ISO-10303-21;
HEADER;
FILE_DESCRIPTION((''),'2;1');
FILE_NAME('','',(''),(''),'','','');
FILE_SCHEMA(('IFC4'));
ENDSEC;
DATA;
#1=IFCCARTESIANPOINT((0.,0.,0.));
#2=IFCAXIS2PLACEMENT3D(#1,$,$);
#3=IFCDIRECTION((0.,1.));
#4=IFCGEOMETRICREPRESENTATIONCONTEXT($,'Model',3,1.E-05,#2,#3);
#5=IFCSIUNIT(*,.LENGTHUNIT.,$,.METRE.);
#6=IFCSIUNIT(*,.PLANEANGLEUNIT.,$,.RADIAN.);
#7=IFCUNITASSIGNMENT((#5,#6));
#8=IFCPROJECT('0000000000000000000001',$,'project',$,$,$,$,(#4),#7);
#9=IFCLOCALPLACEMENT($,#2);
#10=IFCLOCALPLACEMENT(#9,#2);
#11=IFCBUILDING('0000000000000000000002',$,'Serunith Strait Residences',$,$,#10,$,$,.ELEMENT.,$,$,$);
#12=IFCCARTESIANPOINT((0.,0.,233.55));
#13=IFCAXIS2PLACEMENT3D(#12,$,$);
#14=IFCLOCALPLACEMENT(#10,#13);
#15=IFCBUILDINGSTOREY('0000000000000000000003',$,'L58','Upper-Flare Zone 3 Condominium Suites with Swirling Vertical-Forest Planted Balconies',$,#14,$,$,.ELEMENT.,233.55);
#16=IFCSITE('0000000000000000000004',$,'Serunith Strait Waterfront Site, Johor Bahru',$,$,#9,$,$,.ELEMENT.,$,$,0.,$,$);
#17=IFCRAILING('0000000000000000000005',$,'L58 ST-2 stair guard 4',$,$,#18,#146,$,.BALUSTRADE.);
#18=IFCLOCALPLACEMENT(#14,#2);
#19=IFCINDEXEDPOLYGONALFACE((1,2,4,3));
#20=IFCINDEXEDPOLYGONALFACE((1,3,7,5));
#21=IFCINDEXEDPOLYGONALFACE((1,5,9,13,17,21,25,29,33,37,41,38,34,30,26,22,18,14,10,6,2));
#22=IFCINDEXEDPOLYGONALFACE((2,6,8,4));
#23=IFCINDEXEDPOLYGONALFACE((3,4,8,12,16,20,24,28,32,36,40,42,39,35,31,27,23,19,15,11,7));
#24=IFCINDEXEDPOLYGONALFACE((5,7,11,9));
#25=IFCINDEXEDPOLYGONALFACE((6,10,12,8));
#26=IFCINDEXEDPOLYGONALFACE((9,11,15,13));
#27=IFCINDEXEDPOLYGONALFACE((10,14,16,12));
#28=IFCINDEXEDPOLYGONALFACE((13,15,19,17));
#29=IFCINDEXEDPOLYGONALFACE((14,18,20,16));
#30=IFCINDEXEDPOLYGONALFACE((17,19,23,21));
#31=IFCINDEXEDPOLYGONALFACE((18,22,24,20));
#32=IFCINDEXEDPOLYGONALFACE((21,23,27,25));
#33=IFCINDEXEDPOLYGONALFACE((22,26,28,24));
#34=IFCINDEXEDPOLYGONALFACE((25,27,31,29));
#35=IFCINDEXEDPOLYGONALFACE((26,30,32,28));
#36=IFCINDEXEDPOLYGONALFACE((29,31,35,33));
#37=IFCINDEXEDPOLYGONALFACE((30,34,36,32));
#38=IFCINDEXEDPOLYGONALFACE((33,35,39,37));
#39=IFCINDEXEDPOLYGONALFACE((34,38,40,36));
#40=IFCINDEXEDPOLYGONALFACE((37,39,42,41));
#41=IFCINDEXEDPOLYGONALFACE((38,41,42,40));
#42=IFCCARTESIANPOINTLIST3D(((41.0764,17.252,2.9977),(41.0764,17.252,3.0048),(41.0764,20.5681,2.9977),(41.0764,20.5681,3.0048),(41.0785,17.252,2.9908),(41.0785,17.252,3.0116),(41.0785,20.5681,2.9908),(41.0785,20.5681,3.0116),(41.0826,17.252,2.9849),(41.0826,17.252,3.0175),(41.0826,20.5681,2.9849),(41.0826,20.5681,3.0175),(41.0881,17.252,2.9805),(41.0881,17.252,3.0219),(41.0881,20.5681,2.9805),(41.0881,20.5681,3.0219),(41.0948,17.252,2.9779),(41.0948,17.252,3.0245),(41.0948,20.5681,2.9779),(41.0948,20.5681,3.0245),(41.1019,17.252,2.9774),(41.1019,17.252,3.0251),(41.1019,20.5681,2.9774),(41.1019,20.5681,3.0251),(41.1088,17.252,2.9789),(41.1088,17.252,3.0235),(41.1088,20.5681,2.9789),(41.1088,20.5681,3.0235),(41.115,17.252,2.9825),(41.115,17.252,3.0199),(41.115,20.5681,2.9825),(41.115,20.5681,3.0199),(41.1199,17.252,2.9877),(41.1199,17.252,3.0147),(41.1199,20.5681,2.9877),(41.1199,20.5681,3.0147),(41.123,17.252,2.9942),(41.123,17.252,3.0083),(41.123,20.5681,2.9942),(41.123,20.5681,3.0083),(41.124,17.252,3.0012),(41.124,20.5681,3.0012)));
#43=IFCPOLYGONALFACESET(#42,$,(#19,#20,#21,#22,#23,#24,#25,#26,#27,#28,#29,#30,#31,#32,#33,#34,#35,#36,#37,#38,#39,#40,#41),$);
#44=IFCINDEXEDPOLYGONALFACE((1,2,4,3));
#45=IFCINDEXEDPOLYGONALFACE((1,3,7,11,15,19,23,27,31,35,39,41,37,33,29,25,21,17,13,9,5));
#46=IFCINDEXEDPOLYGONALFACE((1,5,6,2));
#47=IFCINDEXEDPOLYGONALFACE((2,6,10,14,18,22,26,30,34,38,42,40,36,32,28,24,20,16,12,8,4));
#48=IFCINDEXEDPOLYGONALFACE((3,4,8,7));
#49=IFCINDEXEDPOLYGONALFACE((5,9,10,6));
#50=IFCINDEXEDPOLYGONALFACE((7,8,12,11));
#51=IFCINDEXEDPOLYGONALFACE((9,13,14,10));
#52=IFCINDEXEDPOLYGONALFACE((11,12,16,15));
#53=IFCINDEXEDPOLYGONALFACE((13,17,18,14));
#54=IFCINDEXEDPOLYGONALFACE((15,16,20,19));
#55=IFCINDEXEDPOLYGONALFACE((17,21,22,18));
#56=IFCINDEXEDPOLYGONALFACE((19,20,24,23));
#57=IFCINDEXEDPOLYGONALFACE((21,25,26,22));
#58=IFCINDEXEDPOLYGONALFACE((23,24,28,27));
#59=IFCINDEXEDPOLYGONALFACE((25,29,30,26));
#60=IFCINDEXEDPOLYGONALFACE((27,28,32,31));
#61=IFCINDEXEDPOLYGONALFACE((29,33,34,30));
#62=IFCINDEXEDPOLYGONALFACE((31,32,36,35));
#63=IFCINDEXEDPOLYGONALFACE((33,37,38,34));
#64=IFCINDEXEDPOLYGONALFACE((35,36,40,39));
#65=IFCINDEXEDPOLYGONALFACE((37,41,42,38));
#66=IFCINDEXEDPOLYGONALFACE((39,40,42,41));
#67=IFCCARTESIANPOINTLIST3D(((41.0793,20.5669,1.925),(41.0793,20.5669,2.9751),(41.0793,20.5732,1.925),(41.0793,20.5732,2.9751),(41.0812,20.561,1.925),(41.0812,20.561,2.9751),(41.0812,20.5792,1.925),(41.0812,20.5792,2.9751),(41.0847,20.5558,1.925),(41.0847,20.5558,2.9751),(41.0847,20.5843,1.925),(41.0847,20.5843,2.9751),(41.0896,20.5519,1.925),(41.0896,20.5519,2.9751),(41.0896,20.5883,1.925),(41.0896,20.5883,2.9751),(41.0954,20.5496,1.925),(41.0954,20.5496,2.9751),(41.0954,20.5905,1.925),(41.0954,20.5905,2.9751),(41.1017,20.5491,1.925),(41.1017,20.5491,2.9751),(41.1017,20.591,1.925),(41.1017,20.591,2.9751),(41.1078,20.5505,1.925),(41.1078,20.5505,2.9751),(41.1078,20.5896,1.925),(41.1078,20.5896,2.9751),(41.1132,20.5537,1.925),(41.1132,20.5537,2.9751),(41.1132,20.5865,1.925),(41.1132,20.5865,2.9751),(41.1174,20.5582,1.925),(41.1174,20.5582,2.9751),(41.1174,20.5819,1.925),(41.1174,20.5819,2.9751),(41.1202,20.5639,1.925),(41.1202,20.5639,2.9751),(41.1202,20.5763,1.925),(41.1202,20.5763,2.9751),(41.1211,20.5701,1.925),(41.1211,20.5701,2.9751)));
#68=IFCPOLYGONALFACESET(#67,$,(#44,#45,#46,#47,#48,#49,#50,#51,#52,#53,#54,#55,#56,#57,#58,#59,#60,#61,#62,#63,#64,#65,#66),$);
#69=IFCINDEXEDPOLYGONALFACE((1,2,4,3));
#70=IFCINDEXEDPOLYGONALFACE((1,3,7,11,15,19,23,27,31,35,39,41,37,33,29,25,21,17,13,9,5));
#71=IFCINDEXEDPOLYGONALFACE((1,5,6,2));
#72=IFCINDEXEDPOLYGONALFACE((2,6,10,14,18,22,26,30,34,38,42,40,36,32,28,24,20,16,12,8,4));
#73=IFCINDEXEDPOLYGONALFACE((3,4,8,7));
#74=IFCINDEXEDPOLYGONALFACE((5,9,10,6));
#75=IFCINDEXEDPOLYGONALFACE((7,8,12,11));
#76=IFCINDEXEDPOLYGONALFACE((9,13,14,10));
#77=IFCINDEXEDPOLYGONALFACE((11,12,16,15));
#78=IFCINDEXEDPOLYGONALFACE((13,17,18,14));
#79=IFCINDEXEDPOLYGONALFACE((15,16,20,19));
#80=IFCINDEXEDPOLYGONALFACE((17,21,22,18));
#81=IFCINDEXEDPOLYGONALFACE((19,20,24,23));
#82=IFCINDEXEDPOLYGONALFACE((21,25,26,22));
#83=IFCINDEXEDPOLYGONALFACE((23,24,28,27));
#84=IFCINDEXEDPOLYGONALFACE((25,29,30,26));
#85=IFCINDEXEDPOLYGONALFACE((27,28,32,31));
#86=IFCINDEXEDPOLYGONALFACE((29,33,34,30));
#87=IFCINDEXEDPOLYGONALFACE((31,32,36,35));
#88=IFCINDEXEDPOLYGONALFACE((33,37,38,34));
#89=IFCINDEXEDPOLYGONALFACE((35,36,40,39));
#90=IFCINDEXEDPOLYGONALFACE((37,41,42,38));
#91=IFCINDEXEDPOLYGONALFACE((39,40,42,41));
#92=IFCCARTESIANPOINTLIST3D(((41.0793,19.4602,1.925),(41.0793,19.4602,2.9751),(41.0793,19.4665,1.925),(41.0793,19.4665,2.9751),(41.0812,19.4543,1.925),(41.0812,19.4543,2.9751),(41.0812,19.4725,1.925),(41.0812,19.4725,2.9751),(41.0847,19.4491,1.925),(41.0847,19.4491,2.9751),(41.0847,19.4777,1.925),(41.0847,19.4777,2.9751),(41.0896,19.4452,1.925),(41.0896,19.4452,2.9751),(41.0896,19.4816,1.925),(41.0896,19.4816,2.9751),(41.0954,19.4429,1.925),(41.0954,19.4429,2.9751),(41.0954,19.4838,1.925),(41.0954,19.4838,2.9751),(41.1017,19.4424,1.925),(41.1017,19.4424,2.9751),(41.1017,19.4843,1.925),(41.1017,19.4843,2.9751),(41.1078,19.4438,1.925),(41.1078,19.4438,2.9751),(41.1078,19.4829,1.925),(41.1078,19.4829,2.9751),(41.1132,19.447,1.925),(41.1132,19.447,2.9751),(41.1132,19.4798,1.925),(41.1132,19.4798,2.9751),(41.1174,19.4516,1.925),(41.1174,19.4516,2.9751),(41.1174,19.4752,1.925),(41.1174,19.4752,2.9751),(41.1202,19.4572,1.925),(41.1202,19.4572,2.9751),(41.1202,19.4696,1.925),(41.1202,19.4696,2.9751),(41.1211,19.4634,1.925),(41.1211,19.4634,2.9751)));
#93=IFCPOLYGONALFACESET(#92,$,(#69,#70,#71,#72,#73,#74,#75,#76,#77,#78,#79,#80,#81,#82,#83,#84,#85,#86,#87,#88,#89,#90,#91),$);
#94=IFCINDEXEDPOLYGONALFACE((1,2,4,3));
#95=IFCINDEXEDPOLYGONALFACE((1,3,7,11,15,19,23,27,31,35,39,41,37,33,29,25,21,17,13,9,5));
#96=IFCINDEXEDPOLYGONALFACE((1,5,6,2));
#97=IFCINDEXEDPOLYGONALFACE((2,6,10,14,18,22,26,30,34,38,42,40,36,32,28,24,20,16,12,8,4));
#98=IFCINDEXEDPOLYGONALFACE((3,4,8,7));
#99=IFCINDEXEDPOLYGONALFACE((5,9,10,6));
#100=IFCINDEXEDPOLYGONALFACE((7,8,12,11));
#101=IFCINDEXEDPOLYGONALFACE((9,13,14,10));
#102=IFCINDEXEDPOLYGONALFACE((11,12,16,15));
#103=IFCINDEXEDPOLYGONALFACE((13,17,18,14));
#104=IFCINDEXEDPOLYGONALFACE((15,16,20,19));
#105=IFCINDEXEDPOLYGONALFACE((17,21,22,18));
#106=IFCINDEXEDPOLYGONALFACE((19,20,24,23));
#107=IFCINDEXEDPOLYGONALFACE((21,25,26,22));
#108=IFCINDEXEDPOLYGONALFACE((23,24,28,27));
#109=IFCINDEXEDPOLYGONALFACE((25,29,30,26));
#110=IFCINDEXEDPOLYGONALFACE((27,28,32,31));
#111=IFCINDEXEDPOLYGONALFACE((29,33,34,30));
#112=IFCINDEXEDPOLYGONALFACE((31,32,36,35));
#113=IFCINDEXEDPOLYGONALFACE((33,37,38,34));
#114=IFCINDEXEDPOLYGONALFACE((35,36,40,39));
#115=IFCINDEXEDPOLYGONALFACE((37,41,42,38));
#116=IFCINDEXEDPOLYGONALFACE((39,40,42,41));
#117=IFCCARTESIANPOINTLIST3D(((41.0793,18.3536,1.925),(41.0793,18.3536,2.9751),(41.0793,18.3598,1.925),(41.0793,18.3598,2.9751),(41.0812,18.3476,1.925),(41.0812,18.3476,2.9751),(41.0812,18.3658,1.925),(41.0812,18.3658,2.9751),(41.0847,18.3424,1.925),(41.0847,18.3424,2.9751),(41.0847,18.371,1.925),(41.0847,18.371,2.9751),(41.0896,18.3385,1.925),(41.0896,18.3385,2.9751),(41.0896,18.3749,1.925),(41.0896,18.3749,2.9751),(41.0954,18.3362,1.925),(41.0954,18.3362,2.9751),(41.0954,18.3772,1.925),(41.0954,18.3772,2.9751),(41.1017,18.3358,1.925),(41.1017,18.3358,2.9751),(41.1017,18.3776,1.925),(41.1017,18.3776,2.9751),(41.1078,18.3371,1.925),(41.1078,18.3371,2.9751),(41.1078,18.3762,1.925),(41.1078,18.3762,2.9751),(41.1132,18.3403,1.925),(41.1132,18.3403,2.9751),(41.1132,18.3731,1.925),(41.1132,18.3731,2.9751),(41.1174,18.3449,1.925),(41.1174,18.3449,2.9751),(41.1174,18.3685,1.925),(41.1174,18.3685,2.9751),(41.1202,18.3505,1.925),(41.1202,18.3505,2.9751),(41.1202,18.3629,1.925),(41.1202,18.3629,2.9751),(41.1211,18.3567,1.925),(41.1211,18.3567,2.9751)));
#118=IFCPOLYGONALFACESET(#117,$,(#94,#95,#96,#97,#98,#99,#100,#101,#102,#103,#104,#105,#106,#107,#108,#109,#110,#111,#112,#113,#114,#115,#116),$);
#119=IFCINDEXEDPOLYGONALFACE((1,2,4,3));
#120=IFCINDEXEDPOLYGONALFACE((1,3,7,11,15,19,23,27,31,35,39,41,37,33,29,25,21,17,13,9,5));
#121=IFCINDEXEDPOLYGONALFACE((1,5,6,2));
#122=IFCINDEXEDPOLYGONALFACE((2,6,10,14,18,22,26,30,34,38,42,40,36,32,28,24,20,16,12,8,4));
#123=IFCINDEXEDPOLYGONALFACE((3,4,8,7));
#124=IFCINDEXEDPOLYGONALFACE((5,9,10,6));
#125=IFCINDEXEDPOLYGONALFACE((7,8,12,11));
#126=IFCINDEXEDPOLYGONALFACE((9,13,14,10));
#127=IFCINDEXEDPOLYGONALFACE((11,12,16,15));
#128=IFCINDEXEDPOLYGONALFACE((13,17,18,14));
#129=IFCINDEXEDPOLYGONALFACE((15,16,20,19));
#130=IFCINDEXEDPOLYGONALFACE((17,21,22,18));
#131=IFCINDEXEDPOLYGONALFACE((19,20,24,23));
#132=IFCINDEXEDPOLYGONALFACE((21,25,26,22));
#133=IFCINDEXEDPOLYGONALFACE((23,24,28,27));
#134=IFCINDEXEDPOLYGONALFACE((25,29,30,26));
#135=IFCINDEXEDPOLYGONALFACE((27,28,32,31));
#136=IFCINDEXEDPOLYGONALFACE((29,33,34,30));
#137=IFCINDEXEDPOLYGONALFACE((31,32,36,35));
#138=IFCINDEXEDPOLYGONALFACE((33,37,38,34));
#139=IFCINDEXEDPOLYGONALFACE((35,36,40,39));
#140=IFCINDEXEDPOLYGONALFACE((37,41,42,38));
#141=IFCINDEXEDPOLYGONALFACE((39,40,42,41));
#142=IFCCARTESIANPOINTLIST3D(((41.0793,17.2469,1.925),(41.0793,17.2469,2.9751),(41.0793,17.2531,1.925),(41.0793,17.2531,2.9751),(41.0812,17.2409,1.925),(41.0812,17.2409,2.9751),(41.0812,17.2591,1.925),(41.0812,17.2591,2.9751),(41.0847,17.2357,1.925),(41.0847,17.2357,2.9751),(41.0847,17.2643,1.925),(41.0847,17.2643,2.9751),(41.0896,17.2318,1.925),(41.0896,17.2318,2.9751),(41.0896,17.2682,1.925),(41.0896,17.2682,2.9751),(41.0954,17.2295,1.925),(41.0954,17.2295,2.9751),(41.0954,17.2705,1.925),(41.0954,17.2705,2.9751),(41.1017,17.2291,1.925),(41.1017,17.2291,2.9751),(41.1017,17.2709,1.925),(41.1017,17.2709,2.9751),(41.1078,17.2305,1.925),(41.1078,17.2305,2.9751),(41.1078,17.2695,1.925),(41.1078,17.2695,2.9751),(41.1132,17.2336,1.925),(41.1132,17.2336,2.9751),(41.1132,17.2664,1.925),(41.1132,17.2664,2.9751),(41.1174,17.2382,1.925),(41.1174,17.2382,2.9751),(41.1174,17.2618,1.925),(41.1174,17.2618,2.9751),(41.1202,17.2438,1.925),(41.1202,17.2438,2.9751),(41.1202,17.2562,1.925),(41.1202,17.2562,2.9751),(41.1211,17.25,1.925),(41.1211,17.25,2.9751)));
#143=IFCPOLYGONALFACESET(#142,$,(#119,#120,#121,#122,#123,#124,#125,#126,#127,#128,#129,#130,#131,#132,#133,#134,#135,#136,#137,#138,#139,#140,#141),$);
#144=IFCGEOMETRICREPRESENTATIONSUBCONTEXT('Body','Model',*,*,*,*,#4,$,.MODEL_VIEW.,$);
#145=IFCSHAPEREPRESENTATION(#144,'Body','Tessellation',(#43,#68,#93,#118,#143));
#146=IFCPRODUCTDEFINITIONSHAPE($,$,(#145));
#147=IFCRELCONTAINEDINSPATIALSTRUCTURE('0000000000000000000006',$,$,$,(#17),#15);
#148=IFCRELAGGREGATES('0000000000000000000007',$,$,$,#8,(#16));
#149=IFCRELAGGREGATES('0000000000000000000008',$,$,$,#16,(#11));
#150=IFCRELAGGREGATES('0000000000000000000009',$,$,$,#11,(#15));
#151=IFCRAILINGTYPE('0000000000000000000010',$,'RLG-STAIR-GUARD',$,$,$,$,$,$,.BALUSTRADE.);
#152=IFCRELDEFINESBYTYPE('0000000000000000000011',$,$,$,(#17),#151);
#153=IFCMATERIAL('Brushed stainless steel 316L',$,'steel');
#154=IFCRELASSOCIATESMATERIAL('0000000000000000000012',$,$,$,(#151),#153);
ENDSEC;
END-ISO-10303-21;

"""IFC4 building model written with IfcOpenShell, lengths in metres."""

from ifc_helpers import new_model, si_unit, direction, frame, origin, origin_2d, place, context, subcontext, project, spatial, circle, extrude, material, type_object, element, save


model = new_model("IFC4")

# Units and contexts
model_context = context("Model", 3, precision=1e-05, world=origin(), true_north=direction((0.0, 1.0)))
body_context = subcontext(model_context, "Body", "Model", "MODEL_VIEW")
ifc_project = project(units=[si_unit("LENGTHUNIT", "METRE"), si_unit("PLANEANGLEUNIT", "RADIAN")], contexts=[model_context])

# Site, building, storey
site_placement = place(None, origin())
site = spatial("IfcSite", under=ifc_project, at=site_placement, Name="Serunith Strait Waterfront Site, Johor Bahru", CompositionType="ELEMENT", RefElevation=0.0)
building_placement = place(site_placement, origin())
building = spatial("IfcBuilding", under=site, at=building_placement, Name="Serunith Strait Residences", CompositionType="ELEMENT")
storey_placement = place(building_placement, frame((0.0, 0.0, 233.55)))
storey = spatial("IfcBuildingStorey", under=building, at=storey_placement, Name="L58", Description="Upper-Flare Zone 3 Condominium Suites with Swirling Vertical-Forest Planted Balconies", CompositionType="ELEMENT", Elevation=233.55)

# Railing
ifc_material_1 = material(Name="Brushed stainless steel 316L", Category="steel")
railing_type_1 = type_object("IfcRailingType", Name="RLG-STAIR-GUARD", PredefinedType="BALUSTRADE", material=ifc_material_1)
for number, where, name in (
    (1, (41.1001, 20.5701, 1.925), "L58 ST-2 stair guard 4"),
):
    element("IfcRailing", number, at=place(storey_placement, frame(where)), inside=storey, type_object=railing_type_1, Name=name, PredefinedType="BALUSTRADE", context=body_context, shape_type="SweptSolid", body=[
        extrude(circle(Radius=0.0239, at=origin_2d()), frame((0.0, -0.002, 1.0762), z_axis=(0.0, -1.0, 0.0), x_axis=(1.0, 0.0, 0.0)), (0.0, 0.0, 1.0), 3.3162),
        extrude(circle(Radius=0.021, at=origin_2d()), origin(), (0.0, 0.0, 1.0), 1.05),
        extrude(circle(Radius=0.021, at=origin_2d()), frame((0.0, -1.1067, 0.0)), (0.0, 0.0, 1.0), 1.05),
        extrude(circle(Radius=0.021, at=origin_2d()), frame((0.0, -2.2134, 0.0)), (0.0, 0.0, 1.0), 1.05),
        extrude(circle(Radius=0.021, at=origin_2d()), frame((0.0, -3.3201, 0.0)), (0.0, 0.0, 1.0), 1.05),
    ])

save(model, "model.ifc")
